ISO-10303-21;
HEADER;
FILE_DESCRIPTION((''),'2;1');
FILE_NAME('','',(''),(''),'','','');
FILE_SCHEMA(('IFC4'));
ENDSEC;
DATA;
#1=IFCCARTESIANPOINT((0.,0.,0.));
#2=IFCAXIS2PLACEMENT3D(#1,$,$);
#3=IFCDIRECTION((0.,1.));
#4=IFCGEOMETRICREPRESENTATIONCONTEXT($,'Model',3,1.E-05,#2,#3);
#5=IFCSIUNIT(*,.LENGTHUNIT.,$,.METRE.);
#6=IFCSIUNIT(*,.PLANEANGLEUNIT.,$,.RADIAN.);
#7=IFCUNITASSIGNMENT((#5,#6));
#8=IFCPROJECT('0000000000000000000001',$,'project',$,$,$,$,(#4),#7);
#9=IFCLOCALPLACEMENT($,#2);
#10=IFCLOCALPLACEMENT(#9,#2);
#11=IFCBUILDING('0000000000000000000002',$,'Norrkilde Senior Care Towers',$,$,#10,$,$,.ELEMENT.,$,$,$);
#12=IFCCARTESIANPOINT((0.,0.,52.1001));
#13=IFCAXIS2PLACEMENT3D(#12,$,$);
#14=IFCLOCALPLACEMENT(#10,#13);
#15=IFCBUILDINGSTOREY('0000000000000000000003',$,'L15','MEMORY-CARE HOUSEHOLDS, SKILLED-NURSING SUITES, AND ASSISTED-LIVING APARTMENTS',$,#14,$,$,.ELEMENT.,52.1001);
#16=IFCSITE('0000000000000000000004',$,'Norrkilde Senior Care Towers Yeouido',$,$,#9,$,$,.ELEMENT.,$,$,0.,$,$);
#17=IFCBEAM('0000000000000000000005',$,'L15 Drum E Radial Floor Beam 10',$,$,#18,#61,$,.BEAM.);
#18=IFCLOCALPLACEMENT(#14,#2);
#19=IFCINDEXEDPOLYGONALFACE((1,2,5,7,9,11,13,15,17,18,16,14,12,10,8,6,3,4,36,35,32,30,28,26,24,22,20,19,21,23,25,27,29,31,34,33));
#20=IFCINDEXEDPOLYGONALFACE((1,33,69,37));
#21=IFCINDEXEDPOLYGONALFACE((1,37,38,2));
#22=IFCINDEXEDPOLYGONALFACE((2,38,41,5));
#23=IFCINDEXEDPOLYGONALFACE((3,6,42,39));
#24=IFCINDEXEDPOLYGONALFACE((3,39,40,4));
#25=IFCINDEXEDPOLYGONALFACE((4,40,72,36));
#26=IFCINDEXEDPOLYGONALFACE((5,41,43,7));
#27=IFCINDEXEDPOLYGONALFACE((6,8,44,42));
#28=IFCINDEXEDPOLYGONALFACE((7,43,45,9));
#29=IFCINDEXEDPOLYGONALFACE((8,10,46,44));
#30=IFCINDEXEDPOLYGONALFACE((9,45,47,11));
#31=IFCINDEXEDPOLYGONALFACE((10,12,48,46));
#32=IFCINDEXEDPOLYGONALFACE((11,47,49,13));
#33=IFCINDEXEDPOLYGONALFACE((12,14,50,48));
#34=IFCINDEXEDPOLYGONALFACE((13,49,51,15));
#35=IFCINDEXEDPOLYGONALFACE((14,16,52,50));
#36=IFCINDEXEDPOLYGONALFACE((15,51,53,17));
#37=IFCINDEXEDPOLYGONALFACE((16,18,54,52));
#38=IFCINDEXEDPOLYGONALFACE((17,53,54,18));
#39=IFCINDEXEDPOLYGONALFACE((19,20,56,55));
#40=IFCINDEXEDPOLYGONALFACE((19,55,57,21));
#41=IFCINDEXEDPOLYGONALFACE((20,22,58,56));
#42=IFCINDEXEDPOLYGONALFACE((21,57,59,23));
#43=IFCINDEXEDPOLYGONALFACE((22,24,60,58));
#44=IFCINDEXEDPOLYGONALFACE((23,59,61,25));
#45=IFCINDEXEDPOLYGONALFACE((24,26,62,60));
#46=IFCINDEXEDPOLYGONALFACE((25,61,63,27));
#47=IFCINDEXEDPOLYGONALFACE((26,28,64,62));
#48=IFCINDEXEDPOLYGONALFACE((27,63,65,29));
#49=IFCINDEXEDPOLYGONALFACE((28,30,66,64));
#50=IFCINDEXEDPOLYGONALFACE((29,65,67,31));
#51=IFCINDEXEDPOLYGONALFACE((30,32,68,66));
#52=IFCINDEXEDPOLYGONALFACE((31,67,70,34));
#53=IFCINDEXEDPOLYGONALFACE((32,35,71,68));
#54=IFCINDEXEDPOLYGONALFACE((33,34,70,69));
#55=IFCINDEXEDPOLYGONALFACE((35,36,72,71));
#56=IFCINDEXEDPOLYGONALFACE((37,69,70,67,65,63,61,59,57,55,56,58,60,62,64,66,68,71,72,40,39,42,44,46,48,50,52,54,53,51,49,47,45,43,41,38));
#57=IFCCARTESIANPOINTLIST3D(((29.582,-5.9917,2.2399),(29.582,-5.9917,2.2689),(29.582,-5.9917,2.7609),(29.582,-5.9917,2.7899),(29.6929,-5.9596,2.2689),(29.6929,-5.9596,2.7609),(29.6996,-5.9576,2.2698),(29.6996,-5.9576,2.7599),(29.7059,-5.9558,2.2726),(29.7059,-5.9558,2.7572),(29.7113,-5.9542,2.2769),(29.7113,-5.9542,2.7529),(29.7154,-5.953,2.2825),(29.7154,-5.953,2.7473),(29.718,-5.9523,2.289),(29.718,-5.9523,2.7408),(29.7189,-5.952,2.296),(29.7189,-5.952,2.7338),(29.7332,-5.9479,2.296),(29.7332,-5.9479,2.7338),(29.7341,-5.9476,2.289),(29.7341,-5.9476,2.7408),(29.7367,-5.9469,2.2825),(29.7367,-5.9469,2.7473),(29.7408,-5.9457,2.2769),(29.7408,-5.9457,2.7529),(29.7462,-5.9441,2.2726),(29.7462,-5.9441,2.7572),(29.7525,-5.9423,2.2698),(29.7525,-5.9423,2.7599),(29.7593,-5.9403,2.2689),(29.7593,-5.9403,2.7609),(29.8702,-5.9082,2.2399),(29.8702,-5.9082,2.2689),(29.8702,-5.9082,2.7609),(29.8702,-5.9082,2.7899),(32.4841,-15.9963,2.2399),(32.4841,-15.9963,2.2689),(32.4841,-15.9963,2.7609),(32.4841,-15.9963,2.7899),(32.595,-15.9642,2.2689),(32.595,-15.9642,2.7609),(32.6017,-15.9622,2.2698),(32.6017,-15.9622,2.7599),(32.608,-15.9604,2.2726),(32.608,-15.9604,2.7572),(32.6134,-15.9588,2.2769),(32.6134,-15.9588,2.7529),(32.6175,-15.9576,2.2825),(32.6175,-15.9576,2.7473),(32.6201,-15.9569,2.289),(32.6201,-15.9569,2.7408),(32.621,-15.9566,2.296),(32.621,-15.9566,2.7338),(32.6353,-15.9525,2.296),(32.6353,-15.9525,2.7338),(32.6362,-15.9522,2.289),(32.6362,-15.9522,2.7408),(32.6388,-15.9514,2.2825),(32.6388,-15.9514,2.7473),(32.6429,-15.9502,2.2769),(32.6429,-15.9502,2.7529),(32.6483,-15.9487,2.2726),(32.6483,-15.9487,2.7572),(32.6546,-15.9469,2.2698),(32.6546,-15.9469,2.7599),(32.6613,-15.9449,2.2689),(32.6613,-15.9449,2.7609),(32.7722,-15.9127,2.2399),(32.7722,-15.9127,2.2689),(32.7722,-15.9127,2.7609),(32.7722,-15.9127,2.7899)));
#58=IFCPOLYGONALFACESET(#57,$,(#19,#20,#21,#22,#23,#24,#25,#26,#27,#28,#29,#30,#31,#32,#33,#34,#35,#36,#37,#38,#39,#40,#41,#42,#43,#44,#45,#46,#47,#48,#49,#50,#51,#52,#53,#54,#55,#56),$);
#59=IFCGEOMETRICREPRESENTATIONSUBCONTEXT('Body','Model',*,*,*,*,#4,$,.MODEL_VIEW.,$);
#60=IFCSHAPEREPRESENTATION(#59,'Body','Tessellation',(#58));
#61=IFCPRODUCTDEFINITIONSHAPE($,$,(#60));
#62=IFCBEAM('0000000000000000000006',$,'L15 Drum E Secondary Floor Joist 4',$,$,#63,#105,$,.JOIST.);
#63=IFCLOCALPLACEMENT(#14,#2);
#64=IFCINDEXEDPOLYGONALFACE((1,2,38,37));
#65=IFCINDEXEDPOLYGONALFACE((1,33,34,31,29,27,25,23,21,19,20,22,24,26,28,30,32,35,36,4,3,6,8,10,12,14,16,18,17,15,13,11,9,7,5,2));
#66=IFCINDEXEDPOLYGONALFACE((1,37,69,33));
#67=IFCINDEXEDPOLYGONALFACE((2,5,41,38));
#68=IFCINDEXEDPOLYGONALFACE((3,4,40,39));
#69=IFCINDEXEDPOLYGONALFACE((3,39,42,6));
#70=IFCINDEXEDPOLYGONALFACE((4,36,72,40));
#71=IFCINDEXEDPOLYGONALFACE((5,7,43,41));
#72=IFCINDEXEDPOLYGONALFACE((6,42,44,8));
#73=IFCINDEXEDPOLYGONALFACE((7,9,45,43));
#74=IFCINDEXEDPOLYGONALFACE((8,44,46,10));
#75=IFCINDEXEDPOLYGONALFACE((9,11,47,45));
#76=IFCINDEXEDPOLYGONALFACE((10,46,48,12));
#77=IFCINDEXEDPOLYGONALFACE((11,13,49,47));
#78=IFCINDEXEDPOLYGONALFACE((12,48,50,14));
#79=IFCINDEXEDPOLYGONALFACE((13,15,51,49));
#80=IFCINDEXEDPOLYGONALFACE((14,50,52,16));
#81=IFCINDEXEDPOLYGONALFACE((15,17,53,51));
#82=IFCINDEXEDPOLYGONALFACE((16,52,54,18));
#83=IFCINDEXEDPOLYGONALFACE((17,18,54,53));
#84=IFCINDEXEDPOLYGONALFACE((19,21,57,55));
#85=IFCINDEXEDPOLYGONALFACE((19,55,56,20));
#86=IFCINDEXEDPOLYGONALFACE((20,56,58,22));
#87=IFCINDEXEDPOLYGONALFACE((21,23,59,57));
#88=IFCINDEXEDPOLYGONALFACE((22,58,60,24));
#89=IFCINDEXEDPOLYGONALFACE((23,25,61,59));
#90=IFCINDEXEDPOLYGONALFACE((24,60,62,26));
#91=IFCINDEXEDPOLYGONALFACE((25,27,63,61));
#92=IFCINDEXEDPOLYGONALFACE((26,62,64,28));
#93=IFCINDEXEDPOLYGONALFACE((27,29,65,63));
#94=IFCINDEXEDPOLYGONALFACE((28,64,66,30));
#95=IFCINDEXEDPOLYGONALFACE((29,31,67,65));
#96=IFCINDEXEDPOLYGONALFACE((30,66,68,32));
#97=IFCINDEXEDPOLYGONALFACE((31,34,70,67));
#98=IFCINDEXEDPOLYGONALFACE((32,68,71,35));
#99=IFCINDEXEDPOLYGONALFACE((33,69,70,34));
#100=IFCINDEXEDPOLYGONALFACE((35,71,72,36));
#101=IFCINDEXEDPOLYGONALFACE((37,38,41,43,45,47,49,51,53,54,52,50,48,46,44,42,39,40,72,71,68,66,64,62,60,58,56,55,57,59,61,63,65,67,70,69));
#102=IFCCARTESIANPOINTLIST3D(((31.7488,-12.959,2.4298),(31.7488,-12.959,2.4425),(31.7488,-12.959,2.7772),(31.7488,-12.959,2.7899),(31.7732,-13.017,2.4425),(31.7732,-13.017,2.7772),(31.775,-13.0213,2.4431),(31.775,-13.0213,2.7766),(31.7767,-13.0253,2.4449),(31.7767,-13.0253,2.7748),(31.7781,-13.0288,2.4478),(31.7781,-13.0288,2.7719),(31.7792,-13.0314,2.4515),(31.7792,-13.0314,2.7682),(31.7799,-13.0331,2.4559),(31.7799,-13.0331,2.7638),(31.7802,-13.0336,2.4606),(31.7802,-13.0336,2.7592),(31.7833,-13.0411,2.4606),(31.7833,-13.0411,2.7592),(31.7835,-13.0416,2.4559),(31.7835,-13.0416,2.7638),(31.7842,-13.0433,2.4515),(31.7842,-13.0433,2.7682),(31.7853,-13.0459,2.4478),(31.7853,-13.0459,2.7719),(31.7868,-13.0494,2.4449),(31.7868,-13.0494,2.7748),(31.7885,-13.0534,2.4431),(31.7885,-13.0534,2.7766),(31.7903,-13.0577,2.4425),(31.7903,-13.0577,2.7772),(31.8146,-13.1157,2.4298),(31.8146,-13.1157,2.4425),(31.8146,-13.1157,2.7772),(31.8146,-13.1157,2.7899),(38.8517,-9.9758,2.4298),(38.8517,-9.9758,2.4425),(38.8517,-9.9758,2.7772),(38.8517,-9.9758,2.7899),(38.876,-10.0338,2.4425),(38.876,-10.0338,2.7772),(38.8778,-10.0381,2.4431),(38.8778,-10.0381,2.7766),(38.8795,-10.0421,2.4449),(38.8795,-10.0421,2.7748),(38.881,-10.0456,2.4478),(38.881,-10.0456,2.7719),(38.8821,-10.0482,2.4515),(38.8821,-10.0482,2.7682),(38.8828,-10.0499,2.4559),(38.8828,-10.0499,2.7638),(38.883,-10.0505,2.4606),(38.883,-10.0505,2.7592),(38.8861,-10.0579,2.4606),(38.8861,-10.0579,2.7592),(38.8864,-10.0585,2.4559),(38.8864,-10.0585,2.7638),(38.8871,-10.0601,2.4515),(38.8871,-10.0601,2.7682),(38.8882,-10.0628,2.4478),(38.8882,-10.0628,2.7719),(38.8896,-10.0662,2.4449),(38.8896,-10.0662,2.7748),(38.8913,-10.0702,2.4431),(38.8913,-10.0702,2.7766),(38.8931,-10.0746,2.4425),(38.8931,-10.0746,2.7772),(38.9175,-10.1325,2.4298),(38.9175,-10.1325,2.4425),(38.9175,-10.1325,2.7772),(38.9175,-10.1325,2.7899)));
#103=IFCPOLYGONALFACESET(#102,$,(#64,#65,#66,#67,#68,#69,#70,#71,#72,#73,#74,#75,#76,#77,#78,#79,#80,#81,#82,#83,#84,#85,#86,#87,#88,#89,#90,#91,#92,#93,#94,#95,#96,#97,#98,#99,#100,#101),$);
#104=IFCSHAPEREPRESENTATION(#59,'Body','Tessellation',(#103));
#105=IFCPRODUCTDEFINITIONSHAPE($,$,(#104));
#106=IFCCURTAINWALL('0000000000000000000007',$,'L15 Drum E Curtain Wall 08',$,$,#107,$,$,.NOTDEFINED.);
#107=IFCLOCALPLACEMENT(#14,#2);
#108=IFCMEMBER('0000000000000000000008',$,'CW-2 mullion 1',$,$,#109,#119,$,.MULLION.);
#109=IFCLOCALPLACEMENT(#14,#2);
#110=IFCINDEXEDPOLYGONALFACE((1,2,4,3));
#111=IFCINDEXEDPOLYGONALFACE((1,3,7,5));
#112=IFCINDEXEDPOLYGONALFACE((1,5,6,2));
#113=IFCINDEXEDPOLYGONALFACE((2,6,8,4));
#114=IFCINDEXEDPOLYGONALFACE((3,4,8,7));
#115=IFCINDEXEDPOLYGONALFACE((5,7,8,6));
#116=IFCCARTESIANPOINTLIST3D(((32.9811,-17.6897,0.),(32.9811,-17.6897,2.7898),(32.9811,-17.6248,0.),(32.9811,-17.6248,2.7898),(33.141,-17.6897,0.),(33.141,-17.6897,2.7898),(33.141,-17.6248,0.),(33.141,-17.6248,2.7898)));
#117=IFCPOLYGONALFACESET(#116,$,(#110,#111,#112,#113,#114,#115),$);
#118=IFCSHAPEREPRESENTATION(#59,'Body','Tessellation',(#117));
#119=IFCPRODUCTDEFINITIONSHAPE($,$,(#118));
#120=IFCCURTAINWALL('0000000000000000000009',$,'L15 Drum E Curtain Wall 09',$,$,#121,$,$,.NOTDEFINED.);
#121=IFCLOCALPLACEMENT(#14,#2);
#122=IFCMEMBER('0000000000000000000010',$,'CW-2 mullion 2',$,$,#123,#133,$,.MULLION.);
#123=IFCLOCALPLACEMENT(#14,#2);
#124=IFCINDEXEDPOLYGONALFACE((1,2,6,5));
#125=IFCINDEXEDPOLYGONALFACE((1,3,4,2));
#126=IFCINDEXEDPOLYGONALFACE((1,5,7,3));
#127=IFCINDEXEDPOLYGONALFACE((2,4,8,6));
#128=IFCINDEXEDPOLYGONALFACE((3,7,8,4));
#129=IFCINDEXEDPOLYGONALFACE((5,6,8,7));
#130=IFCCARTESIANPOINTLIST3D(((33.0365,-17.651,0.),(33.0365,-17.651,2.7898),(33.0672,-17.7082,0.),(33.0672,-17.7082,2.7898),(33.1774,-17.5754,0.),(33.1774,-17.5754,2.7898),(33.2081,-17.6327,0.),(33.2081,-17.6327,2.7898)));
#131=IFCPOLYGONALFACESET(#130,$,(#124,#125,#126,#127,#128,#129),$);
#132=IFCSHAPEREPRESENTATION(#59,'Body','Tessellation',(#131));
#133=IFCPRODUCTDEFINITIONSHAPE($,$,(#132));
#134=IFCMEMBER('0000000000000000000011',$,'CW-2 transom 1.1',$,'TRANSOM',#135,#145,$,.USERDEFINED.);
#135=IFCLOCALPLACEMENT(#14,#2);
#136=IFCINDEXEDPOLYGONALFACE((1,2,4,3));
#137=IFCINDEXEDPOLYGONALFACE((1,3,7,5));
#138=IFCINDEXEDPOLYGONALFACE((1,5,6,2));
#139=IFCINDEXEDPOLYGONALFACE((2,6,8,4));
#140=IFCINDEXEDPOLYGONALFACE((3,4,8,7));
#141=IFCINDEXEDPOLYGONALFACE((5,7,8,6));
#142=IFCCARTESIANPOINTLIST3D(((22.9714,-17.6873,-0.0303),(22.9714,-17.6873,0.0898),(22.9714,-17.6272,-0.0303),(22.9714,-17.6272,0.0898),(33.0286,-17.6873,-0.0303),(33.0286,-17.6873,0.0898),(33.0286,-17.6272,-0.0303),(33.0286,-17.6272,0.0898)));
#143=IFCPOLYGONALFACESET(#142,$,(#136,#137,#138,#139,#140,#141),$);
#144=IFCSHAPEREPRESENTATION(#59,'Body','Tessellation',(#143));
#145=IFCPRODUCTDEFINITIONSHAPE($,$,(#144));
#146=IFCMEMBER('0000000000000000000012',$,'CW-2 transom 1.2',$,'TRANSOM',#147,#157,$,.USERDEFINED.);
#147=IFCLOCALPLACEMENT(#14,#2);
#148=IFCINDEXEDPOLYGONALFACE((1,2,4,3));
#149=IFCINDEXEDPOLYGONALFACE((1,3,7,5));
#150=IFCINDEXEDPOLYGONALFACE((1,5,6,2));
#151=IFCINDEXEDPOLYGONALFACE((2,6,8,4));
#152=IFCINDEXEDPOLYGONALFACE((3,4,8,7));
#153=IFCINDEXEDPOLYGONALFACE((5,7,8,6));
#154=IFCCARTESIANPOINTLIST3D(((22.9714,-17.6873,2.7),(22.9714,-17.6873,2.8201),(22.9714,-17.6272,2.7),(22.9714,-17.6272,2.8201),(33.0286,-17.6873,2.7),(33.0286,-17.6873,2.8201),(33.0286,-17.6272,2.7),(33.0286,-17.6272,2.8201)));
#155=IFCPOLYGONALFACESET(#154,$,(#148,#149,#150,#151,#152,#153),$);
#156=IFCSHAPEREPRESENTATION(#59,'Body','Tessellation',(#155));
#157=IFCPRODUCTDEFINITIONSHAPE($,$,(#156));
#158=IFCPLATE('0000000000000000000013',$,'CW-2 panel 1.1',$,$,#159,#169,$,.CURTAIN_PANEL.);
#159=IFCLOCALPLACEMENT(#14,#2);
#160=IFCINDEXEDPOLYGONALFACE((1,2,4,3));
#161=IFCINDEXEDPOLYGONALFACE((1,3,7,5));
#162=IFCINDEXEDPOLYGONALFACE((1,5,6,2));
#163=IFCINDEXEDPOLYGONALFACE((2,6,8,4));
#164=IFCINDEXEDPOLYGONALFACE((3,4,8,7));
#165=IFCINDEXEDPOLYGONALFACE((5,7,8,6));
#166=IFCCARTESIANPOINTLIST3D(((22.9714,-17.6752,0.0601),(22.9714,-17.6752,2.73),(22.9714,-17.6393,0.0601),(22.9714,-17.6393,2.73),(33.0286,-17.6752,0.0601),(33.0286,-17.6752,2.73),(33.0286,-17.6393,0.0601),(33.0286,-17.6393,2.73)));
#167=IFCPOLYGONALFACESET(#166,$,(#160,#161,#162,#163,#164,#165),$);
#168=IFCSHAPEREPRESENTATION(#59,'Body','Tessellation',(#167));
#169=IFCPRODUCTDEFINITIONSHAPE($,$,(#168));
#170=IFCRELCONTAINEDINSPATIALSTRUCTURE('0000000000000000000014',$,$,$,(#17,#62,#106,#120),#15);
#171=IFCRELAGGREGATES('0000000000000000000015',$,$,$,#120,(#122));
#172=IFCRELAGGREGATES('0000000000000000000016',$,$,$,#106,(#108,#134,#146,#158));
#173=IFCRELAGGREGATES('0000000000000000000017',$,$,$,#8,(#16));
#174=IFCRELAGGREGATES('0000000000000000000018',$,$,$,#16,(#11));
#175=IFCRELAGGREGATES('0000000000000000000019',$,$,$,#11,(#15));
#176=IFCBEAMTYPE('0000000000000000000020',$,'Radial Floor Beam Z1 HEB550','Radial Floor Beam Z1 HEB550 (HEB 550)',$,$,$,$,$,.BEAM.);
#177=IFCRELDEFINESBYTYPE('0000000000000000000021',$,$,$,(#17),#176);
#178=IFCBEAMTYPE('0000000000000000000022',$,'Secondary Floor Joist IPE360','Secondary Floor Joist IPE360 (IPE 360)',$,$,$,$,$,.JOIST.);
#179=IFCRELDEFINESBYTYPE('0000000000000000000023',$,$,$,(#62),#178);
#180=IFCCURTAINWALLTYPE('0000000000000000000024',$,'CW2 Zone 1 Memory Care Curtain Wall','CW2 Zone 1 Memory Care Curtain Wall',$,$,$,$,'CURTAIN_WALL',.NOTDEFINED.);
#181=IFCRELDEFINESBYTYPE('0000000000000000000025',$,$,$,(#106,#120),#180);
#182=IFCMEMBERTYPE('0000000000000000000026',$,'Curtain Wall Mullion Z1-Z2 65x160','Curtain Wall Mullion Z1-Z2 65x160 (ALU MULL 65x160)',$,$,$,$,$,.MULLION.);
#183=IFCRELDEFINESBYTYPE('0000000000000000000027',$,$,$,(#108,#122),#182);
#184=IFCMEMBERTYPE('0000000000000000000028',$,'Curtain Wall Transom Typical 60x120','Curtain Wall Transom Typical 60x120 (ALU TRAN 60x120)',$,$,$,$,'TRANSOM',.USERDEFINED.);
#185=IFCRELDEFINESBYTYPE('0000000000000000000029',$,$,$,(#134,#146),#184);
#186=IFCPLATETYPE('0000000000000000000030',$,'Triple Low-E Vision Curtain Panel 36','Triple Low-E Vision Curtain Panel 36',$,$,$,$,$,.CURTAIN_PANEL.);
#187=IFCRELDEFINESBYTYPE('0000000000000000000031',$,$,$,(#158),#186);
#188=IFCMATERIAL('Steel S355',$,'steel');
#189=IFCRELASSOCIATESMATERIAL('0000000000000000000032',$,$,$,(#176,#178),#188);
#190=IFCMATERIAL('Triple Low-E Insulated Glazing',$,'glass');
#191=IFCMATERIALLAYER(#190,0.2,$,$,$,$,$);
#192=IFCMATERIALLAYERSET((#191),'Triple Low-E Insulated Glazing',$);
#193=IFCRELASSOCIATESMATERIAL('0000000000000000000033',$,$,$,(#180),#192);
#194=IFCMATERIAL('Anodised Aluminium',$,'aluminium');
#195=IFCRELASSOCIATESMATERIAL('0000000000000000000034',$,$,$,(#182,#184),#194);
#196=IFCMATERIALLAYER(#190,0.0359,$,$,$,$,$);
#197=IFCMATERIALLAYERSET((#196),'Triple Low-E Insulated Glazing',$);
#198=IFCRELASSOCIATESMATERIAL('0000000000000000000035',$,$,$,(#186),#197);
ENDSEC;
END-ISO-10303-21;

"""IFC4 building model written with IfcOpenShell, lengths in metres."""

from ifc_helpers import new_model, si_unit, direction, frame, origin, origin_2d, place, context, subcontext, project, spatial, rectangle, i_section, extrude, source, transform, mapped, material, layer, layer_set, material_profile, profile_set, type_object, type_shapes, element, aggregate, save


model = new_model("IFC4")

# Units and contexts
model_context = context("Model", 3, precision=1e-05, world=origin(), true_north=direction((0.0, 1.0)))
body_context = subcontext(model_context, "Body", "Model", "MODEL_VIEW")
ifc_project = project(units=[si_unit("LENGTHUNIT", "METRE"), si_unit("PLANEANGLEUNIT", "RADIAN")], contexts=[model_context])

# Site, building, storey
site_placement = place(None, origin())
site = spatial("IfcSite", under=ifc_project, at=site_placement, Name="Norrkilde Senior Care Towers Yeouido", CompositionType="ELEMENT", RefElevation=0.0)
building_placement = place(site_placement, origin())
building = spatial("IfcBuilding", under=site, at=building_placement, Name="Norrkilde Senior Care Towers", CompositionType="ELEMENT")
storey_placement = place(building_placement, frame((0.0, 0.0, 52.1001)))
storey = spatial("IfcBuildingStorey", under=building, at=storey_placement, Name="L15", Description="MEMORY-CARE HOUSEHOLDS, SKILLED-NURSING SUITES, AND ASSISTED-LIVING APARTMENTS", CompositionType="ELEMENT", Elevation=52.1001)

# Beams
ifc_material_1 = material(Name="Steel S355", Category="steel")
ifc_material_profile_1 = material_profile(ifc_material_1, i_section(OverallWidth=0.3, OverallDepth=0.55, WebThickness=0.0149, FlangeThickness=0.0291, FilletRadius=0.0271, at=origin_2d()), Name="HEB 550")
ifc_profile_set_1 = profile_set([ifc_material_profile_1], Name="Steel S355")
beam_type_1 = type_object("IfcBeamType", Name="Radial Floor Beam Z1 HEB550", Description="Radial Floor Beam Z1 HEB550 (HEB 550)", PredefinedType="BEAM", material=ifc_profile_set_1)
shared_shape_1 = source(origin(), body_context, "Body", "SweptSolid", [
    extrude(i_section(OverallWidth=0.3, OverallDepth=0.55, WebThickness=0.0149, FlangeThickness=0.0291, FilletRadius=0.0271, at=origin_2d()), origin(), (0.0, 0.0, 1.0), 10.417),
])
beam_1_placement = place(storey_placement, frame((29.7261, -5.95, 2.5149), z_axis=(0.278591, -0.96041, 0.0), x_axis=(0.96041, 0.278591, 0.0)))
element("IfcBeam", 1, at=beam_1_placement, inside=storey, type_object=beam_type_1, Name="L15 Drum E Radial Floor Beam 10", PredefinedType="BEAM", context=body_context, shape_type="MappedRepresentation", body=[
    mapped(shared_shape_1, transform((0.0, 0.0, 0.0), x_axis=(1.0, 0.0, 0.0), y_axis=(0.0, 1.0, 0.0), z_axis=(0.0, 0.0, 1.0), scale=1.0)),
])
ifc_material_profile_2 = material_profile(ifc_material_1, i_section(OverallWidth=0.1699, OverallDepth=0.3601, WebThickness=0.0081, FlangeThickness=0.0127, FilletRadius=0.0181, at=origin_2d()), Name="IPE 360")
ifc_profile_set_2 = profile_set([ifc_material_profile_2], Name="Steel S355")
beam_type_2 = type_object("IfcBeamType", Name="Secondary Floor Joist IPE360", Description="Secondary Floor Joist IPE360 (IPE 360)", PredefinedType="JOIST", material=ifc_profile_set_2)
shared_shape_2 = source(origin(), body_context, "Body", "SweptSolid", [
    extrude(i_section(OverallWidth=0.1699, OverallDepth=0.3601, WebThickness=0.0081, FlangeThickness=0.0127, FilletRadius=0.0181, at=origin_2d()), origin(), (0.0, 0.0, 1.0), 7.7039),
])
type_shapes(beam_type_2, [shared_shape_2])
beam_2_placement = place(storey_placement, frame((31.7817, -13.0374, 2.6099), z_axis=(0.921983, 0.387231, 0.0), x_axis=(-0.387231, 0.921983, 0.0)))
element("IfcBeam", 2, at=beam_2_placement, inside=storey, type_object=beam_type_2, Name="L15 Drum E Secondary Floor Joist 4", PredefinedType="JOIST", context=body_context, shape_type="MappedRepresentation", body=[
    mapped(shared_shape_2, transform((0.0, 0.0, 0.0), x_axis=(1.0, 0.0, 0.0), y_axis=(0.0, 1.0, 0.0), z_axis=(0.0, 0.0, 1.0), scale=1.0)),
])

# Curtain walls, members
ifc_material_2 = material(Name="Triple Low-E Insulated Glazing", Category="glass")
ifc_layer_1 = layer(ifc_material_2, 0.2)
ifc_layer_set_1 = layer_set([ifc_layer_1], Name="Triple Low-E Insulated Glazing")
curtain_wall_type = type_object("IfcCurtainWallType", Name="CW2 Zone 1 Memory Care Curtain Wall", Description="CW2 Zone 1 Memory Care Curtain Wall", ElementType="CURTAIN_WALL", PredefinedType="NOTDEFINED", material=ifc_layer_set_1)
curtain_wall_1_placement = place(storey_placement, origin())
curtain_wall_1 = element("IfcCurtainWall", 3, at=curtain_wall_1_placement, inside=storey, type_object=curtain_wall_type, Name="L15 Drum E Curtain Wall 08", PredefinedType="NOTDEFINED")
ifc_material_3 = material(Name="Anodised Aluminium", Category="aluminium")
ifc_material_profile_3 = material_profile(ifc_material_3, rectangle(XDim=0.0649, YDim=0.1599, at=origin_2d()), Name="ALU MULL 65x160")
ifc_profile_set_3 = profile_set([ifc_material_profile_3], Name="Anodised Aluminium")
member_type_1 = type_object("IfcMemberType", Name="Curtain Wall Mullion Z1-Z2 65x160", Description="Curtain Wall Mullion Z1-Z2 65x160 (ALU MULL 65x160)", PredefinedType="MULLION", material=ifc_profile_set_3)
shared_shape_3 = source(origin(), body_context, "Body", "SweptSolid", [
    extrude(rectangle(XDim=0.0649, YDim=0.1599, at=origin_2d()), origin(), (0.0, 0.0, 1.0), 2.7898),
])
type_shapes(member_type_1, [shared_shape_3])
member_1_placement = place(storey_placement, frame((33.061, -17.6572, 0.0), z_axis=(0.0, 0.0, 1.0), x_axis=(0.0, -1.0, 0.0)))
member_1 = element("IfcMember", 4, at=member_1_placement, type_object=member_type_1, Name="CW-2 mullion 1", PredefinedType="MULLION", context=body_context, shape_type="MappedRepresentation", body=[
    mapped(shared_shape_3, transform((0.0, 0.0, 0.0), x_axis=(1.0, 0.0, 0.0), y_axis=(0.0, 1.0, 0.0), z_axis=(0.0, 0.0, 1.0), scale=1.0)),
])
curtain_wall_2_placement = place(storey_placement, origin())
curtain_wall_2 = element("IfcCurtainWall", 5, at=curtain_wall_2_placement, inside=storey, type_object=curtain_wall_type, Name="L15 Drum E Curtain Wall 09", PredefinedType="NOTDEFINED")
member_2_placement = place(storey_placement, frame((33.1223, -17.6418, 0.0), z_axis=(0.0, 0.0, 1.0), x_axis=(0.472608, -0.881273, 0.0)))
member_2 = element("IfcMember", 6, at=member_2_placement, type_object=member_type_1, Name="CW-2 mullion 2", PredefinedType="MULLION", context=body_context, shape_type="MappedRepresentation", body=[
    mapped(shared_shape_3, transform((0.0, 0.0, 0.0), x_axis=(1.0, 0.0, 0.0), y_axis=(0.0, 1.0, 0.0), z_axis=(0.0, 0.0, 1.0), scale=1.0)),
])
aggregate(curtain_wall_2, [member_2])

# Members
ifc_material_profile_4 = material_profile(ifc_material_3, rectangle(XDim=0.0601, YDim=0.1201, at=origin_2d()), Name="ALU TRAN 60x120")
ifc_profile_set_4 = profile_set([ifc_material_profile_4], Name="Anodised Aluminium")
member_type_2 = type_object("IfcMemberType", Name="Curtain Wall Transom Typical 60x120", Description="Curtain Wall Transom Typical 60x120 (ALU TRAN 60x120)", ElementType="TRANSOM", PredefinedType="USERDEFINED", material=ifc_profile_set_4)
shared_shape_4 = source(origin(), body_context, "Body", "SweptSolid", [
    extrude(rectangle(XDim=0.0601, YDim=0.1201, at=origin_2d()), origin(), (0.0, 0.0, 1.0), 10.0571),
])
type_shapes(member_type_2, [shared_shape_4])
member_3_placement = place(storey_placement, frame((33.0286, -17.6572, 0.0298), z_axis=(-1.0, 0.0, 0.0), x_axis=(0.0, -1.0, 0.0)))
member_3 = element("IfcMember", 7, at=member_3_placement, type_object=member_type_2, Name="CW-2 transom 1.1", ObjectType="TRANSOM", PredefinedType="USERDEFINED", context=body_context, shape_type="MappedRepresentation", body=[
    mapped(shared_shape_4, transform((0.0, 0.0, 0.0), x_axis=(1.0, 0.0, 0.0), y_axis=(0.0, 1.0, 0.0), z_axis=(0.0, 0.0, 1.0), scale=1.0)),
])
member_4_placement = place(storey_placement, frame((33.0286, -17.6572, 2.76), z_axis=(-1.0, 0.0, 0.0), x_axis=(0.0, -1.0, 0.0)))
member_4 = element("IfcMember", 8, at=member_4_placement, type_object=member_type_2, Name="CW-2 transom 1.2", ObjectType="TRANSOM", PredefinedType="USERDEFINED", context=body_context, shape_type="MappedRepresentation", body=[
    mapped(shared_shape_4, transform((0.0, 0.0, 0.0), x_axis=(1.0, 0.0, 0.0), y_axis=(0.0, 1.0, 0.0), z_axis=(0.0, 0.0, 1.0), scale=1.0)),
])

# Plate
ifc_layer_2 = layer(ifc_material_2, 0.0359)
ifc_layer_set_2 = layer_set([ifc_layer_2], Name="Triple Low-E Insulated Glazing")
plate_type = type_object("IfcPlateType", Name="Triple Low-E Vision Curtain Panel 36", Description="Triple Low-E Vision Curtain Panel 36", PredefinedType="CURTAIN_PANEL", material=ifc_layer_set_2)
shared_shape_5 = source(origin(), body_context, "Body", "SweptSolid", [
    extrude(rectangle(XDim=10.0571, YDim=0.0359, at=origin_2d()), origin(), (0.0, 0.0, 1.0), 2.6699),
])
type_shapes(plate_type, [shared_shape_5])
plate_placement = place(storey_placement, frame((28.0, -17.6572, 0.0601), z_axis=(0.0, 0.0, 1.0), x_axis=(-1.0, 0.0, 0.0)))
plate = element("IfcPlate", 9, at=plate_placement, type_object=plate_type, Name="CW-2 panel 1.1", PredefinedType="CURTAIN_PANEL", context=body_context, shape_type="MappedRepresentation", body=[
    mapped(shared_shape_5, transform((0.0, 0.0, 0.0), x_axis=(1.0, 0.0, 0.0), y_axis=(0.0, 1.0, 0.0), z_axis=(0.0, 0.0, 1.0), scale=1.0)),
])
aggregate(curtain_wall_1, [member_1, member_3, member_4, plate])

save(model, "model.ifc")
